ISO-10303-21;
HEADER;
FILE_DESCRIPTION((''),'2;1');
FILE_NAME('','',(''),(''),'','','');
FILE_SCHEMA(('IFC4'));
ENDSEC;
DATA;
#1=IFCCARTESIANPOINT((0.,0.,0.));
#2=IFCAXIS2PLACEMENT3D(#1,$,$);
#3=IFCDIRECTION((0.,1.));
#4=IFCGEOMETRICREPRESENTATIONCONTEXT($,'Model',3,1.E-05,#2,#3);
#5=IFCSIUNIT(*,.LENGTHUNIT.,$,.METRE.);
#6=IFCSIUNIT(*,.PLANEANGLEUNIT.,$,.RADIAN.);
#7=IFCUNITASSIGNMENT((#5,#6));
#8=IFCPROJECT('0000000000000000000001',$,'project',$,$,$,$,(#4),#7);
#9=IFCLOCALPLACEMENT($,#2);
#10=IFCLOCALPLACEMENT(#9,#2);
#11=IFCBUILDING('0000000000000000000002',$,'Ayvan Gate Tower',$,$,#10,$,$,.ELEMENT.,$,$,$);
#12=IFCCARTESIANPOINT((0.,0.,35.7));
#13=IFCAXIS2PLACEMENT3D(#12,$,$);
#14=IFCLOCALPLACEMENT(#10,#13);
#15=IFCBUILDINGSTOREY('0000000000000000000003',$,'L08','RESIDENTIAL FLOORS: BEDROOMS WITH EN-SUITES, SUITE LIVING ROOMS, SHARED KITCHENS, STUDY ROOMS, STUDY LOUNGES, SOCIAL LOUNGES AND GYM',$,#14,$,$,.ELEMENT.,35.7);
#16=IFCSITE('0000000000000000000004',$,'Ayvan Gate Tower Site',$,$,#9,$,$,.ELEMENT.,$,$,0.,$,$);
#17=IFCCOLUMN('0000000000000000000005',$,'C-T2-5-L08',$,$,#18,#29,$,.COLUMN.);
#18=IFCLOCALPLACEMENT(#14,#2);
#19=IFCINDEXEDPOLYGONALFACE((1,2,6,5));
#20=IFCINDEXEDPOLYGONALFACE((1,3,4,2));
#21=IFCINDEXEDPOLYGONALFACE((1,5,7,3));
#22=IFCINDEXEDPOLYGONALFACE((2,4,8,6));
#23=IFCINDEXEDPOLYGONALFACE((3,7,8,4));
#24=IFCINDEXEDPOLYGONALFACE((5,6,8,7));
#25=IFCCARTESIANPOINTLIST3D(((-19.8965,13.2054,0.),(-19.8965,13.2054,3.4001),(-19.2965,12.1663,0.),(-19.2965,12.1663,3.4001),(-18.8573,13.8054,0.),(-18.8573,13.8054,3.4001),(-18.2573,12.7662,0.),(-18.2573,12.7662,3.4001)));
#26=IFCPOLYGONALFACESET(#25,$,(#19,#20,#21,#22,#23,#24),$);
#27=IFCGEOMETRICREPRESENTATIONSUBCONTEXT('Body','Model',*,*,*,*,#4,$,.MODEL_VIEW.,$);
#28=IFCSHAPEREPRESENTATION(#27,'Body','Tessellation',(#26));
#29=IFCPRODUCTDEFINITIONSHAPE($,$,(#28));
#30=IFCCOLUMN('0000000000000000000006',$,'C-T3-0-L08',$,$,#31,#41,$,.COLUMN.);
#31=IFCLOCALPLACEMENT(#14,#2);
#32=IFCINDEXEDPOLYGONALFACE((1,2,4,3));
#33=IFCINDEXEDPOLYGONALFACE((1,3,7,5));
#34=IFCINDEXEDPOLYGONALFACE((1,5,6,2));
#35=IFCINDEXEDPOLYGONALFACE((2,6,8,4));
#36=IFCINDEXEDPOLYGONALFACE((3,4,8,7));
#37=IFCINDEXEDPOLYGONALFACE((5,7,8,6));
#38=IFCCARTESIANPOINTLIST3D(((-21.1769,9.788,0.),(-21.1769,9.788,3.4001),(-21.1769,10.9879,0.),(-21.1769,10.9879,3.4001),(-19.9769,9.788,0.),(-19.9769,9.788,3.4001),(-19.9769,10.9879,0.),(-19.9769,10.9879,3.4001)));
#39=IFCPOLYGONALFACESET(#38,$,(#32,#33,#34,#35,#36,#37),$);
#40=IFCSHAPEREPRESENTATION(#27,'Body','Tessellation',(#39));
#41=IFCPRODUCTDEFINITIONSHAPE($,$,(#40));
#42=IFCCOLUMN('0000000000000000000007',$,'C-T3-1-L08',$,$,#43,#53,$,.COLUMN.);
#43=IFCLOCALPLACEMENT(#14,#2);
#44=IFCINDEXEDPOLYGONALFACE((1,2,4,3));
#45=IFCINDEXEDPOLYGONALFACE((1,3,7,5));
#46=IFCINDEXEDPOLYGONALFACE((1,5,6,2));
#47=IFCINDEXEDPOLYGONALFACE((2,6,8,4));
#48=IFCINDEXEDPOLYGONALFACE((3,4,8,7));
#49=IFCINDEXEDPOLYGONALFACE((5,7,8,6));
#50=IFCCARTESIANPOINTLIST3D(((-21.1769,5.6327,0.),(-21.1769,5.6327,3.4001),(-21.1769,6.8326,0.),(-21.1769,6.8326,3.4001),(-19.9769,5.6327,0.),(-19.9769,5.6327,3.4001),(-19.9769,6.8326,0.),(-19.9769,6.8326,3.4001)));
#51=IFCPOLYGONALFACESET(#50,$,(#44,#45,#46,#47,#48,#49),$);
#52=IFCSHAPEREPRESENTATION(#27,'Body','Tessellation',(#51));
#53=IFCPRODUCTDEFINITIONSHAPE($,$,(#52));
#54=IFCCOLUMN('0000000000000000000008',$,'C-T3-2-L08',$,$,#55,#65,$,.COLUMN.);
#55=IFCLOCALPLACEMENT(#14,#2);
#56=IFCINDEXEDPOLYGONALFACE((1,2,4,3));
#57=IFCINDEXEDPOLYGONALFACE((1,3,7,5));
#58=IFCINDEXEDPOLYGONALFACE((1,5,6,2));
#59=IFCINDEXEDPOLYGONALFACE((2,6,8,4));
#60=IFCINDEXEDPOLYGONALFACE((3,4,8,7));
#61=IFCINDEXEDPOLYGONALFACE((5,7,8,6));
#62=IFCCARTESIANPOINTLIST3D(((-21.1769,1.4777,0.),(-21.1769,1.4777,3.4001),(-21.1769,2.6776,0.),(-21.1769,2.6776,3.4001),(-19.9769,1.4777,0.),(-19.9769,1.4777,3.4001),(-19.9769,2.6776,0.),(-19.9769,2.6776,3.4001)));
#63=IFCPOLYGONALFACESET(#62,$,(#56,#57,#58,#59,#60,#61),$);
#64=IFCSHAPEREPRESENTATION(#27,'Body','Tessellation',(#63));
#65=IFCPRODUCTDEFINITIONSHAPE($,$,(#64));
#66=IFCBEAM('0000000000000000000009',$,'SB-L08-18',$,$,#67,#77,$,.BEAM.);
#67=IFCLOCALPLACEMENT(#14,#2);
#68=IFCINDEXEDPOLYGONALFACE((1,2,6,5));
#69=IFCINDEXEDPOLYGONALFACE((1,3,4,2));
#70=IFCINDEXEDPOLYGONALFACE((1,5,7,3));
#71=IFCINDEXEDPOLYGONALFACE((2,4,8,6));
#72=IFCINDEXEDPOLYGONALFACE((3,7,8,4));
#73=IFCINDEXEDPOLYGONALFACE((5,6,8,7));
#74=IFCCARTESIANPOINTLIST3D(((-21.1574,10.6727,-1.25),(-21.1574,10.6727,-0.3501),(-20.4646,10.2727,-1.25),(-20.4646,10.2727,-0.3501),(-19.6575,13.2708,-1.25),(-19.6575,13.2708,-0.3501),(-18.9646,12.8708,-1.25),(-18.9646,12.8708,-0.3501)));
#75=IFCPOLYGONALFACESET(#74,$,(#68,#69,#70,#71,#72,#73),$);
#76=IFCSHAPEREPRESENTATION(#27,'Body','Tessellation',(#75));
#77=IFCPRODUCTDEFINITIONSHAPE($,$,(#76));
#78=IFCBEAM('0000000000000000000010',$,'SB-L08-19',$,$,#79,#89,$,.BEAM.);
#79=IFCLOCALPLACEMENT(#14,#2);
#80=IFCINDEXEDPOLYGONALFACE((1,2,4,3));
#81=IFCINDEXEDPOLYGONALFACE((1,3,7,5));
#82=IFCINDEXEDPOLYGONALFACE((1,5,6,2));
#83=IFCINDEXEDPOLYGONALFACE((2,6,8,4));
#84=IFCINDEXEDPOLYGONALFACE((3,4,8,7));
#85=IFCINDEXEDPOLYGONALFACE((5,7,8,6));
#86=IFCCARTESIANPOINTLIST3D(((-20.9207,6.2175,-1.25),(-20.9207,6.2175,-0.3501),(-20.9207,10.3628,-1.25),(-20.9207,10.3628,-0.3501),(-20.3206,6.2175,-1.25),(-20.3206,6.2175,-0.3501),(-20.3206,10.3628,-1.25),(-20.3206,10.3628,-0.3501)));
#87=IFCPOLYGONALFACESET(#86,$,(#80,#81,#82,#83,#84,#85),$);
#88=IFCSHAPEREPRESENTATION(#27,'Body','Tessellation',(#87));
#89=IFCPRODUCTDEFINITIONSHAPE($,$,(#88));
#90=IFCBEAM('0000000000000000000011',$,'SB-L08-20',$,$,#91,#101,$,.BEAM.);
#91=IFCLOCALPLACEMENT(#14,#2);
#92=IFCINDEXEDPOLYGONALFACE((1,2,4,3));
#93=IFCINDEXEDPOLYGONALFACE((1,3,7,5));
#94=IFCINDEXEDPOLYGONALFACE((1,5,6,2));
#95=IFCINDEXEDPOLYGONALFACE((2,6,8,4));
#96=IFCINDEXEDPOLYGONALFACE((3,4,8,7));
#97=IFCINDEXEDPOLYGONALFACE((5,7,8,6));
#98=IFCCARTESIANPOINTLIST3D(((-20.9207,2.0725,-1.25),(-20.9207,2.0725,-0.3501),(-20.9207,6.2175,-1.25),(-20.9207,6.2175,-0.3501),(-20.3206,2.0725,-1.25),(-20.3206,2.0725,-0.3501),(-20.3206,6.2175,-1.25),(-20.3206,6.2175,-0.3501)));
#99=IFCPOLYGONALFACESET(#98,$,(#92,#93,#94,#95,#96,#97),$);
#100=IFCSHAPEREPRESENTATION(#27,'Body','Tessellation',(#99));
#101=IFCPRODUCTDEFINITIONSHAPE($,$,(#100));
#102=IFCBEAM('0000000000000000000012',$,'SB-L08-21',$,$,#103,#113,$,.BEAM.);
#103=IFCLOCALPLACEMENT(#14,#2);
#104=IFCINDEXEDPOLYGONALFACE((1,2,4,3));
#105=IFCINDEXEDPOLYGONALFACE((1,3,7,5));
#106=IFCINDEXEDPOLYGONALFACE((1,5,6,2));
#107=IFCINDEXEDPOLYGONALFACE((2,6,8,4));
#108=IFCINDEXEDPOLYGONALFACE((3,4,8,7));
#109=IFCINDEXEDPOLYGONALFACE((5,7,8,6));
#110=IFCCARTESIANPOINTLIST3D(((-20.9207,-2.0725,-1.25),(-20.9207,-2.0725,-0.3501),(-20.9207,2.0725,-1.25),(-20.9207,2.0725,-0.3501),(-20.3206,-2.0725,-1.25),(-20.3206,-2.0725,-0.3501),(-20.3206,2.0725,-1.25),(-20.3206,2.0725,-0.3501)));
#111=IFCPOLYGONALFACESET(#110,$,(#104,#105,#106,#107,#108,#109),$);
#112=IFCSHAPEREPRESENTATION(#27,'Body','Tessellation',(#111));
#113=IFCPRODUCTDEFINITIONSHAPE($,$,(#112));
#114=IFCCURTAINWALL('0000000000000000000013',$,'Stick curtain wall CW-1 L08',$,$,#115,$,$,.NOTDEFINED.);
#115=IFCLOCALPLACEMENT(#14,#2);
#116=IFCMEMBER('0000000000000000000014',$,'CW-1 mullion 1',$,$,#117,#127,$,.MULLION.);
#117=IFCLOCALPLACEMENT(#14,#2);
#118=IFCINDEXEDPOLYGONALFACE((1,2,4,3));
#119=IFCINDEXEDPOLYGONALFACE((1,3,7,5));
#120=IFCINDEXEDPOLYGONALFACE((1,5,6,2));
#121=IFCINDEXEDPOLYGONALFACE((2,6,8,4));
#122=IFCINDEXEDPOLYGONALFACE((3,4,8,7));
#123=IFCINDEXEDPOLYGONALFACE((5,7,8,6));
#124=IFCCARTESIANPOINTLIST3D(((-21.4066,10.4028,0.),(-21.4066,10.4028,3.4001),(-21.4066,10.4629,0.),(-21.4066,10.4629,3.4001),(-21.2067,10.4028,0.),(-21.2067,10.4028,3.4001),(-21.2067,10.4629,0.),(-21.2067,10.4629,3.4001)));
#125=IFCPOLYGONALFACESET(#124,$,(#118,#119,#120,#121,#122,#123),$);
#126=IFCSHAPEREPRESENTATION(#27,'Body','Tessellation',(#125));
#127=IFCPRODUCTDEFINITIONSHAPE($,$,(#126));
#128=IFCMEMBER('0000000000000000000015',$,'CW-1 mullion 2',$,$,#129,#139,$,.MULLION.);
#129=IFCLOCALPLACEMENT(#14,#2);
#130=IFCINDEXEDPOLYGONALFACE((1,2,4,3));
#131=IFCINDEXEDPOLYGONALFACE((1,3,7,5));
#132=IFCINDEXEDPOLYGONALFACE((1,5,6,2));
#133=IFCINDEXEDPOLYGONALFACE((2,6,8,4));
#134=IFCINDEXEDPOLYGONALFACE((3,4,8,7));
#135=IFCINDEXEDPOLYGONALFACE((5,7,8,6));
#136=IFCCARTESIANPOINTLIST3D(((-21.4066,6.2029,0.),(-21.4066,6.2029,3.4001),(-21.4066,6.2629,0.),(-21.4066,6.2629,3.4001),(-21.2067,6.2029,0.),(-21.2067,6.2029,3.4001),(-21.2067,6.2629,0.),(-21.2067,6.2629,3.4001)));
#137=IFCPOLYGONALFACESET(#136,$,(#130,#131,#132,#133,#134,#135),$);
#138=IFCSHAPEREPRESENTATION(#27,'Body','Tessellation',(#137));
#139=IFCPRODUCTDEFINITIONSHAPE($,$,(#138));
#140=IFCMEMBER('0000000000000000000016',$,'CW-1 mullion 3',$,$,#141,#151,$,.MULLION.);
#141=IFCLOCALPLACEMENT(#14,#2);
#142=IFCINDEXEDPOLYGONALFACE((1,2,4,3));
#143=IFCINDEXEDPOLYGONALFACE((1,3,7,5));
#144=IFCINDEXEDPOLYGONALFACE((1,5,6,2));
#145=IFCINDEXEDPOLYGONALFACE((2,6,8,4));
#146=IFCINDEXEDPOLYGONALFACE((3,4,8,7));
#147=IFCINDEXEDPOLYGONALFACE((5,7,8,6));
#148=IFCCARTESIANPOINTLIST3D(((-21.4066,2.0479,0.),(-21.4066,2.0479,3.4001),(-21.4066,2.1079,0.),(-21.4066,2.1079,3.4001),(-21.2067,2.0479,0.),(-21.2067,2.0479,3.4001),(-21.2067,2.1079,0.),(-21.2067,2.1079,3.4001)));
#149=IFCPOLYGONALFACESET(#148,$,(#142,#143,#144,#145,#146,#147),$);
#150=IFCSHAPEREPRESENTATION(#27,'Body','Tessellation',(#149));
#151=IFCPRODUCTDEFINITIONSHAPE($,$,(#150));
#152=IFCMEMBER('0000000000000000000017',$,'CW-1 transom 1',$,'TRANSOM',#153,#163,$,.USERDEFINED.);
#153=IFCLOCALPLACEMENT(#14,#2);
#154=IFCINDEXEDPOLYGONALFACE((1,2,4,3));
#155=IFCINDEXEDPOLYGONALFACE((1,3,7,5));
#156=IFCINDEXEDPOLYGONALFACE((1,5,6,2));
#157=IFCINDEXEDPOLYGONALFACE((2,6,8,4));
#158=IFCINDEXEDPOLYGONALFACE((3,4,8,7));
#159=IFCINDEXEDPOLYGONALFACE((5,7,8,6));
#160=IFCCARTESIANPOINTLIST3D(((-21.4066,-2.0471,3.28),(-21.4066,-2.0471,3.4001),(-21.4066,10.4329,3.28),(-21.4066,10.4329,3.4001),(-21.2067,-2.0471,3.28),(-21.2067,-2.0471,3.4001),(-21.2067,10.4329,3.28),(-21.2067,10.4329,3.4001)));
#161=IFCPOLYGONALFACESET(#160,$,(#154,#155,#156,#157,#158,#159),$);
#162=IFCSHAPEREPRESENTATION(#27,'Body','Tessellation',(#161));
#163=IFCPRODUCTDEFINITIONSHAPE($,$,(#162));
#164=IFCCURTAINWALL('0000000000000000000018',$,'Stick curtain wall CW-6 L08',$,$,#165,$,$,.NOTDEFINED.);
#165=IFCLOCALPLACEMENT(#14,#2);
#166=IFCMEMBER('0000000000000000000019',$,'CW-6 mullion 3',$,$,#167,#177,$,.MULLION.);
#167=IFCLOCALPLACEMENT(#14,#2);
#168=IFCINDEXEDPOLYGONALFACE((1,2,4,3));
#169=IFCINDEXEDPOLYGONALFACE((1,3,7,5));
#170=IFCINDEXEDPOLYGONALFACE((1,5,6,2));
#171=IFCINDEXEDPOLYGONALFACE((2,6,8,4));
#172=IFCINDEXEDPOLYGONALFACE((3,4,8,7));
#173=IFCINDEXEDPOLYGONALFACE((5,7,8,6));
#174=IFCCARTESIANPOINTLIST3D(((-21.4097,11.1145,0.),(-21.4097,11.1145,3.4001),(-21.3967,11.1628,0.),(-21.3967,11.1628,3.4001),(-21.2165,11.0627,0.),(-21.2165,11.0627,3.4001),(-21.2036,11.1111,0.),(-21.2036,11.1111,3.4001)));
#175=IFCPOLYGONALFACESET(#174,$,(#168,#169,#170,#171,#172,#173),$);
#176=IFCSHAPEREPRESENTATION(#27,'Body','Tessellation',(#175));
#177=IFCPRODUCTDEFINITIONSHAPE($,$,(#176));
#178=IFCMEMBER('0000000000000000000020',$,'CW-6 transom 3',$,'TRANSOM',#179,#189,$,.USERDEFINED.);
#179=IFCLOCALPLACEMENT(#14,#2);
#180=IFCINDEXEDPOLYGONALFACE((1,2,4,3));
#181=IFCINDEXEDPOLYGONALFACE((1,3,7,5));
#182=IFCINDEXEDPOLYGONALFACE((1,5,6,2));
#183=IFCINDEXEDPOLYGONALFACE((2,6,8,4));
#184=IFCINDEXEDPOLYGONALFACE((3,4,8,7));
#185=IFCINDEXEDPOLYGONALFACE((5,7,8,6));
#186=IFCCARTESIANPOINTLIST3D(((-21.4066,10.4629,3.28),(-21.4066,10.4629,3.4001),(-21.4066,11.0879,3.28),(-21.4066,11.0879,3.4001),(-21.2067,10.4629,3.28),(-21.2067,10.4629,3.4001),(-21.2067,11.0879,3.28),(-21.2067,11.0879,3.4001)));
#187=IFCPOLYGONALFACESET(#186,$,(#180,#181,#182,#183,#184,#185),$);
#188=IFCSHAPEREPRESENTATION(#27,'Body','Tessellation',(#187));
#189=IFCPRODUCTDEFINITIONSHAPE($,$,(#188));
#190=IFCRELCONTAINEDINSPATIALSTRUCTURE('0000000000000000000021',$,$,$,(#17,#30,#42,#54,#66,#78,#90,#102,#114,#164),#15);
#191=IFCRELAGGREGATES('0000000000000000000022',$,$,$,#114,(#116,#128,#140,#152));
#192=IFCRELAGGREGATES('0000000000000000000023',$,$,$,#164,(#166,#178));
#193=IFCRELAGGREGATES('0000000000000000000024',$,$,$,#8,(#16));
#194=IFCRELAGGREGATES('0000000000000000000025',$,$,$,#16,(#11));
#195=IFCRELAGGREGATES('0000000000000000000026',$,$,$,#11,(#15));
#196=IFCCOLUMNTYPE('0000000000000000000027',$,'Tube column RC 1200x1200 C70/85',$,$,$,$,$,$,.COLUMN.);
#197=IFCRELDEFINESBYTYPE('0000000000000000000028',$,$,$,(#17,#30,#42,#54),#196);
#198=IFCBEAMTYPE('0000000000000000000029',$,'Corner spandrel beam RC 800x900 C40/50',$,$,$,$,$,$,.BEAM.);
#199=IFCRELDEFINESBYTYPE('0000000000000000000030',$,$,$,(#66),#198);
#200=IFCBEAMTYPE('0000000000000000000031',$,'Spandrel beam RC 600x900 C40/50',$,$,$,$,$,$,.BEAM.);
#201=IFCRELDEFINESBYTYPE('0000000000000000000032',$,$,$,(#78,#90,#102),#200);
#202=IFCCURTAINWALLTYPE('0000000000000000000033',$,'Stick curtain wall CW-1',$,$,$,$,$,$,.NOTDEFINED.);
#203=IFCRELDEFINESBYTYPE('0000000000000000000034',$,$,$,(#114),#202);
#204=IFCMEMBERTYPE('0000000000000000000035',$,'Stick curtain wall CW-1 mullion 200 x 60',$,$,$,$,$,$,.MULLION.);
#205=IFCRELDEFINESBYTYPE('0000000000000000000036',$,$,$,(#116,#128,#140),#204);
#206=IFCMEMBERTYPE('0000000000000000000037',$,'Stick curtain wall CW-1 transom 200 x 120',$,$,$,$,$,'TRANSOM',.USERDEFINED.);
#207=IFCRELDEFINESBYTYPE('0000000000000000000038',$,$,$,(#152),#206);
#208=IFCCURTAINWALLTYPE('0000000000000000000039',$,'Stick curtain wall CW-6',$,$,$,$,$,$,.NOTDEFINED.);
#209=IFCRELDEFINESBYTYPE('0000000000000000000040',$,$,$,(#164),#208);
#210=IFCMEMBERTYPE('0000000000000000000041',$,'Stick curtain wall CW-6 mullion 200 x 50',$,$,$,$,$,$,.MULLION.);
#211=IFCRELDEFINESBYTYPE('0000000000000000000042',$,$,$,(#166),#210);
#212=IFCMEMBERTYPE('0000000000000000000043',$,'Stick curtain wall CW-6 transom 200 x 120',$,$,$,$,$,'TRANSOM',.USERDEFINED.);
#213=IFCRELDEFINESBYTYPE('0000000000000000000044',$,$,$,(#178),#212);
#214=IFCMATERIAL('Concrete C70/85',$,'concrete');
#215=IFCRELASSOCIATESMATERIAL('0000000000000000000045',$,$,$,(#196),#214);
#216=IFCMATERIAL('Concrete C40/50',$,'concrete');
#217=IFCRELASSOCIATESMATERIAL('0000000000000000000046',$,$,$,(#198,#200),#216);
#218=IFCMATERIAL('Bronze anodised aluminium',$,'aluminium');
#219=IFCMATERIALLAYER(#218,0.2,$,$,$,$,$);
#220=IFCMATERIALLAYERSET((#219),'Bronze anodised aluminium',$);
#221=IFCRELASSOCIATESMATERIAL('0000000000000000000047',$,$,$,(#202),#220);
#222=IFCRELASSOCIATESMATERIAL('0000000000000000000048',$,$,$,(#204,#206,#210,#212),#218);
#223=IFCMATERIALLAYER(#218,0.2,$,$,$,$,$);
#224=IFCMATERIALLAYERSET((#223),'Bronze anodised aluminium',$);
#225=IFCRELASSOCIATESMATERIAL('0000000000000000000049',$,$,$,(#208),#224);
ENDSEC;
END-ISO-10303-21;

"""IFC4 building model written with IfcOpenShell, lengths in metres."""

from ifc_helpers import new_model, si_unit, direction, frame, origin, origin_2d, place, context, subcontext, project, spatial, rectangle, extrude, material, layer, layer_set, material_profile, profile_set, type_object, element, aggregate, save


model = new_model("IFC4")

# Units and contexts
model_context = context("Model", 3, precision=1e-05, world=origin(), true_north=direction((0.0, 1.0)))
body_context = subcontext(model_context, "Body", "Model", "MODEL_VIEW")
ifc_project = project(units=[si_unit("LENGTHUNIT", "METRE"), si_unit("PLANEANGLEUNIT", "RADIAN")], contexts=[model_context])

# Site, building, storey
site_placement = place(None, origin())
site = spatial("IfcSite", under=ifc_project, at=site_placement, Name="Ayvan Gate Tower Site", CompositionType="ELEMENT", RefElevation=0.0)
building_placement = place(site_placement, origin())
building = spatial("IfcBuilding", under=site, at=building_placement, Name="Ayvan Gate Tower", CompositionType="ELEMENT")
storey_placement = place(building_placement, frame((0.0, 0.0, 35.7)))
storey = spatial("IfcBuildingStorey", under=building, at=storey_placement, Name="L08", Description="RESIDENTIAL FLOORS: BEDROOMS WITH EN-SUITES, SUITE LIVING ROOMS, SHARED KITCHENS, STUDY ROOMS, STUDY LOUNGES, SOCIAL LOUNGES AND GYM", CompositionType="ELEMENT", Elevation=35.7)

# Columns
ifc_material_1 = material(Name="Concrete C70/85", Category="concrete")
ifc_material_profile_1 = material_profile(ifc_material_1, rectangle(XDim=1.2, YDim=1.2, at=origin_2d()), Name="RC 1200x1200")
ifc_profile_set_1 = profile_set([ifc_material_profile_1], Name="Concrete C70/85")
column_type = type_object("IfcColumnType", Name="Tube column RC 1200x1200 C70/85", PredefinedType="COLUMN", material=ifc_profile_set_1)
for number, where, z_axis, x_axis, name in (
    (1, (-19.0769, 12.9858, 0.0), (0.0, 0.0, 1.0), (-0.5, 0.866025, 0.0), "C-T2-5-L08"),
    (2, (-20.5769, 10.3879, 0.0), (0.0, 0.0, 1.0), (-1.0, 0.0, 0.0), "C-T3-0-L08"),
    (3, (-20.5769, 6.2327, 0.0), (0.0, 0.0, 1.0), (-1.0, 0.0, 0.0), "C-T3-1-L08"),
    (4, (-20.5769, 2.0776, 0.0), (0.0, 0.0, 1.0), (-1.0, 0.0, 0.0), "C-T3-2-L08"),
):
    element("IfcColumn", number, at=place(storey_placement, frame(where, z_axis=z_axis, x_axis=x_axis)), inside=storey, type_object=column_type, Name=name, PredefinedType="COLUMN", context=body_context, shape_type="SweptSolid", body=[
        extrude(rectangle(XDim=1.2, YDim=1.2, at=origin_2d()), origin(), (0.0, 0.0, 1.0), 3.4001),
    ])

# Beams
ifc_material_2 = material(Name="Concrete C40/50", Category="concrete")
ifc_material_profile_2 = material_profile(ifc_material_2, rectangle(XDim=0.8, YDim=0.8999, at=origin_2d()), Name="RC 800x900")
ifc_profile_set_2 = profile_set([ifc_material_profile_2], Name="Concrete C40/50")
beam_type_1 = type_object("IfcBeamType", Name="Corner spandrel beam RC 800x900 C40/50", PredefinedType="BEAM", material=ifc_profile_set_2)
beam_1_placement = place(storey_placement, frame((-19.311, 13.0708, -0.8), z_axis=(-0.49999, -0.866031, 0.0), x_axis=(0.866031, -0.49999, 0.0)))
element("IfcBeam", 5, at=beam_1_placement, inside=storey, type_object=beam_type_1, Name="SB-L08-18", PredefinedType="BEAM", context=body_context, shape_type="SweptSolid", body=[
    extrude(rectangle(XDim=0.8, YDim=0.8999, at=origin_2d()), origin(), (0.0, 0.0, 1.0), 3.0),
])
ifc_material_profile_3 = material_profile(ifc_material_2, rectangle(XDim=0.6001, YDim=0.8999, at=origin_2d()), Name="RC 600x900")
ifc_profile_set_3 = profile_set([ifc_material_profile_3], Name="Concrete C40/50")
beam_type_2 = type_object("IfcBeamType", Name="Spandrel beam RC 600x900 C40/50", PredefinedType="BEAM", material=ifc_profile_set_3)
beam_2_placement = place(storey_placement, frame((-20.6206, 10.3628, -0.8), z_axis=(0.0, -1.0, 0.0), x_axis=(1.0, 0.0, 0.0)))
element("IfcBeam", 6, at=beam_2_placement, inside=storey, type_object=beam_type_2, Name="SB-L08-19", PredefinedType="BEAM", context=body_context, shape_type="SweptSolid", body=[
    extrude(rectangle(XDim=0.6001, YDim=0.8999, at=origin_2d()), origin(), (0.0, 0.0, 1.0), 4.1453),
])
for number, where, z_axis, x_axis, name in (
    (7, (-20.6206, 6.2175, -0.8), (0.0, -1.0, 0.0), (1.0, 0.0, 0.0), "SB-L08-20"),
    (8, (-20.6206, 2.0725, -0.8), (0.0, -1.0, 0.0), (1.0, 0.0, 0.0), "SB-L08-21"),
):
    element("IfcBeam", number, at=place(storey_placement, frame(where, z_axis=z_axis, x_axis=x_axis)), inside=storey, type_object=beam_type_2, Name=name, PredefinedType="BEAM", context=body_context, shape_type="SweptSolid", body=[
        extrude(rectangle(XDim=0.6001, YDim=0.8999, at=origin_2d()), origin(), (0.0, 0.0, 1.0), 4.145),
    ])

# Curtain walls, members
ifc_material_3 = material(Name="Bronze anodised aluminium", Category="aluminium")
ifc_layer_1 = layer(ifc_material_3, 0.2)
ifc_layer_set_1 = layer_set([ifc_layer_1], Name="Bronze anodised aluminium")
curtain_wall_type_1 = type_object("IfcCurtainWallType", Name="Stick curtain wall CW-1", PredefinedType="NOTDEFINED", material=ifc_layer_set_1)
curtain_wall_1_placement = place(storey_placement, origin())
curtain_wall_1 = element("IfcCurtainWall", 9, at=curtain_wall_1_placement, inside=storey, type_object=curtain_wall_type_1, Name="Stick curtain wall CW-1 L08", PredefinedType="NOTDEFINED")
ifc_material_profile_4 = material_profile(ifc_material_3, rectangle(XDim=0.2, YDim=0.0601, at=origin_2d()), Name="Stick curtain wall CW-1 mullion 200 x 60")
ifc_profile_set_4 = profile_set([ifc_material_profile_4], Name="Bronze anodised aluminium")
member_type_1 = type_object("IfcMemberType", Name="Stick curtain wall CW-1 mullion 200 x 60", PredefinedType="MULLION", material=ifc_profile_set_4)
member_1_placement = place(storey_placement, frame((-21.3066, 10.4329, 0.0), z_axis=(0.0, 0.0, 1.0), x_axis=(-1.0, 0.0, 0.0)))
member_1 = element("IfcMember", 10, at=member_1_placement, type_object=member_type_1, Name="CW-1 mullion 1", PredefinedType="MULLION", context=body_context, shape_type="SweptSolid", body=[
    extrude(rectangle(XDim=0.2, YDim=0.0601, at=origin_2d()), origin(), (0.0, 0.0, 1.0), 3.4001),
])
member_2_placement = place(storey_placement, frame((-21.3066, 6.2329, 0.0), z_axis=(0.0, 0.0, 1.0), x_axis=(-1.0, 0.0, 0.0)))
member_2 = element("IfcMember", 11, at=member_2_placement, type_object=member_type_1, Name="CW-1 mullion 2", PredefinedType="MULLION", context=body_context, shape_type="SweptSolid", body=[
    extrude(rectangle(XDim=0.2, YDim=0.0601, at=origin_2d()), origin(), (0.0, 0.0, 1.0), 3.4001),
])
member_3_placement = place(storey_placement, frame((-21.3066, 2.0779, 0.0), z_axis=(0.0, 0.0, 1.0), x_axis=(-1.0, 0.0, 0.0)))
member_3 = element("IfcMember", 12, at=member_3_placement, type_object=member_type_1, Name="CW-1 mullion 3", PredefinedType="MULLION", context=body_context, shape_type="SweptSolid", body=[
    extrude(rectangle(XDim=0.2, YDim=0.0601, at=origin_2d()), origin(), (0.0, 0.0, 1.0), 3.4001),
])
ifc_material_profile_5 = material_profile(ifc_material_3, rectangle(XDim=0.2, YDim=0.1201, at=origin_2d()), Name="Stick curtain wall CW-1 transom 200 x 120")
ifc_profile_set_5 = profile_set([ifc_material_profile_5], Name="Bronze anodised aluminium")
member_type_2 = type_object("IfcMemberType", Name="Stick curtain wall CW-1 transom 200 x 120", ElementType="TRANSOM", PredefinedType="USERDEFINED", material=ifc_profile_set_5)
member_4_placement = place(storey_placement, frame((-21.3066, 10.4329, 3.3401), z_axis=(0.0, -1.0, 0.0), x_axis=(1.0, 0.0, 0.0)))
member_4 = element("IfcMember", 13, at=member_4_placement, type_object=member_type_2, Name="CW-1 transom 1", ObjectType="TRANSOM", PredefinedType="USERDEFINED", context=body_context, shape_type="SweptSolid", body=[
    extrude(rectangle(XDim=0.2, YDim=0.1201, at=origin_2d()), origin(), (0.0, 0.0, 1.0), 12.48),
])
ifc_layer_2 = layer(ifc_material_3, 0.2)
ifc_layer_set_2 = layer_set([ifc_layer_2], Name="Bronze anodised aluminium")
curtain_wall_type_2 = type_object("IfcCurtainWallType", Name="Stick curtain wall CW-6", PredefinedType="NOTDEFINED", material=ifc_layer_set_2)
curtain_wall_2_placement = place(storey_placement, origin())
curtain_wall_2 = element("IfcCurtainWall", 14, at=curtain_wall_2_placement, inside=storey, type_object=curtain_wall_type_2, Name="Stick curtain wall CW-6 L08", PredefinedType="NOTDEFINED")
ifc_material_profile_6 = material_profile(ifc_material_3, rectangle(XDim=0.2, YDim=0.05, at=origin_2d()), Name="Stick curtain wall CW-6 mullion 200 x 50")
ifc_profile_set_6 = profile_set([ifc_material_profile_6], Name="Bronze anodised aluminium")
member_type_3 = type_object("IfcMemberType", Name="Stick curtain wall CW-6 mullion 200 x 50", PredefinedType="MULLION", material=ifc_profile_set_6)
member_5_placement = place(storey_placement, frame((-21.3066, 11.1128, 0.0), z_axis=(0.0, 0.0, 1.0), x_axis=(-0.965926, 0.258819, 0.0)))
member_5 = element("IfcMember", 15, at=member_5_placement, type_object=member_type_3, Name="CW-6 mullion 3", PredefinedType="MULLION", context=body_context, shape_type="SweptSolid", body=[
    extrude(rectangle(XDim=0.2, YDim=0.05, at=origin_2d()), origin(), (0.0, 0.0, 1.0), 3.4001),
])
ifc_material_profile_7 = material_profile(ifc_material_3, rectangle(XDim=0.2, YDim=0.1201, at=origin_2d()), Name="Stick curtain wall CW-6 transom 200 x 120")
ifc_profile_set_7 = profile_set([ifc_material_profile_7], Name="Bronze anodised aluminium")
member_type_4 = type_object("IfcMemberType", Name="Stick curtain wall CW-6 transom 200 x 120", ElementType="TRANSOM", PredefinedType="USERDEFINED", material=ifc_profile_set_7)
member_6_placement = place(storey_placement, frame((-21.3066, 11.0879, 3.3401), z_axis=(0.0, -1.0, 0.0), x_axis=(1.0, 0.0, 0.0)))
member_6 = element("IfcMember", 16, at=member_6_placement, type_object=member_type_4, Name="CW-6 transom 3", ObjectType="TRANSOM", PredefinedType="USERDEFINED", context=body_context, shape_type="SweptSolid", body=[
    extrude(rectangle(XDim=0.2, YDim=0.1201, at=origin_2d()), origin(), (0.0, 0.0, 1.0), 0.625),
])

aggregate(curtain_wall_1, [member_1, member_2, member_3, member_4])
aggregate(curtain_wall_2, [member_5, member_6])

save(model, "model.ifc")
